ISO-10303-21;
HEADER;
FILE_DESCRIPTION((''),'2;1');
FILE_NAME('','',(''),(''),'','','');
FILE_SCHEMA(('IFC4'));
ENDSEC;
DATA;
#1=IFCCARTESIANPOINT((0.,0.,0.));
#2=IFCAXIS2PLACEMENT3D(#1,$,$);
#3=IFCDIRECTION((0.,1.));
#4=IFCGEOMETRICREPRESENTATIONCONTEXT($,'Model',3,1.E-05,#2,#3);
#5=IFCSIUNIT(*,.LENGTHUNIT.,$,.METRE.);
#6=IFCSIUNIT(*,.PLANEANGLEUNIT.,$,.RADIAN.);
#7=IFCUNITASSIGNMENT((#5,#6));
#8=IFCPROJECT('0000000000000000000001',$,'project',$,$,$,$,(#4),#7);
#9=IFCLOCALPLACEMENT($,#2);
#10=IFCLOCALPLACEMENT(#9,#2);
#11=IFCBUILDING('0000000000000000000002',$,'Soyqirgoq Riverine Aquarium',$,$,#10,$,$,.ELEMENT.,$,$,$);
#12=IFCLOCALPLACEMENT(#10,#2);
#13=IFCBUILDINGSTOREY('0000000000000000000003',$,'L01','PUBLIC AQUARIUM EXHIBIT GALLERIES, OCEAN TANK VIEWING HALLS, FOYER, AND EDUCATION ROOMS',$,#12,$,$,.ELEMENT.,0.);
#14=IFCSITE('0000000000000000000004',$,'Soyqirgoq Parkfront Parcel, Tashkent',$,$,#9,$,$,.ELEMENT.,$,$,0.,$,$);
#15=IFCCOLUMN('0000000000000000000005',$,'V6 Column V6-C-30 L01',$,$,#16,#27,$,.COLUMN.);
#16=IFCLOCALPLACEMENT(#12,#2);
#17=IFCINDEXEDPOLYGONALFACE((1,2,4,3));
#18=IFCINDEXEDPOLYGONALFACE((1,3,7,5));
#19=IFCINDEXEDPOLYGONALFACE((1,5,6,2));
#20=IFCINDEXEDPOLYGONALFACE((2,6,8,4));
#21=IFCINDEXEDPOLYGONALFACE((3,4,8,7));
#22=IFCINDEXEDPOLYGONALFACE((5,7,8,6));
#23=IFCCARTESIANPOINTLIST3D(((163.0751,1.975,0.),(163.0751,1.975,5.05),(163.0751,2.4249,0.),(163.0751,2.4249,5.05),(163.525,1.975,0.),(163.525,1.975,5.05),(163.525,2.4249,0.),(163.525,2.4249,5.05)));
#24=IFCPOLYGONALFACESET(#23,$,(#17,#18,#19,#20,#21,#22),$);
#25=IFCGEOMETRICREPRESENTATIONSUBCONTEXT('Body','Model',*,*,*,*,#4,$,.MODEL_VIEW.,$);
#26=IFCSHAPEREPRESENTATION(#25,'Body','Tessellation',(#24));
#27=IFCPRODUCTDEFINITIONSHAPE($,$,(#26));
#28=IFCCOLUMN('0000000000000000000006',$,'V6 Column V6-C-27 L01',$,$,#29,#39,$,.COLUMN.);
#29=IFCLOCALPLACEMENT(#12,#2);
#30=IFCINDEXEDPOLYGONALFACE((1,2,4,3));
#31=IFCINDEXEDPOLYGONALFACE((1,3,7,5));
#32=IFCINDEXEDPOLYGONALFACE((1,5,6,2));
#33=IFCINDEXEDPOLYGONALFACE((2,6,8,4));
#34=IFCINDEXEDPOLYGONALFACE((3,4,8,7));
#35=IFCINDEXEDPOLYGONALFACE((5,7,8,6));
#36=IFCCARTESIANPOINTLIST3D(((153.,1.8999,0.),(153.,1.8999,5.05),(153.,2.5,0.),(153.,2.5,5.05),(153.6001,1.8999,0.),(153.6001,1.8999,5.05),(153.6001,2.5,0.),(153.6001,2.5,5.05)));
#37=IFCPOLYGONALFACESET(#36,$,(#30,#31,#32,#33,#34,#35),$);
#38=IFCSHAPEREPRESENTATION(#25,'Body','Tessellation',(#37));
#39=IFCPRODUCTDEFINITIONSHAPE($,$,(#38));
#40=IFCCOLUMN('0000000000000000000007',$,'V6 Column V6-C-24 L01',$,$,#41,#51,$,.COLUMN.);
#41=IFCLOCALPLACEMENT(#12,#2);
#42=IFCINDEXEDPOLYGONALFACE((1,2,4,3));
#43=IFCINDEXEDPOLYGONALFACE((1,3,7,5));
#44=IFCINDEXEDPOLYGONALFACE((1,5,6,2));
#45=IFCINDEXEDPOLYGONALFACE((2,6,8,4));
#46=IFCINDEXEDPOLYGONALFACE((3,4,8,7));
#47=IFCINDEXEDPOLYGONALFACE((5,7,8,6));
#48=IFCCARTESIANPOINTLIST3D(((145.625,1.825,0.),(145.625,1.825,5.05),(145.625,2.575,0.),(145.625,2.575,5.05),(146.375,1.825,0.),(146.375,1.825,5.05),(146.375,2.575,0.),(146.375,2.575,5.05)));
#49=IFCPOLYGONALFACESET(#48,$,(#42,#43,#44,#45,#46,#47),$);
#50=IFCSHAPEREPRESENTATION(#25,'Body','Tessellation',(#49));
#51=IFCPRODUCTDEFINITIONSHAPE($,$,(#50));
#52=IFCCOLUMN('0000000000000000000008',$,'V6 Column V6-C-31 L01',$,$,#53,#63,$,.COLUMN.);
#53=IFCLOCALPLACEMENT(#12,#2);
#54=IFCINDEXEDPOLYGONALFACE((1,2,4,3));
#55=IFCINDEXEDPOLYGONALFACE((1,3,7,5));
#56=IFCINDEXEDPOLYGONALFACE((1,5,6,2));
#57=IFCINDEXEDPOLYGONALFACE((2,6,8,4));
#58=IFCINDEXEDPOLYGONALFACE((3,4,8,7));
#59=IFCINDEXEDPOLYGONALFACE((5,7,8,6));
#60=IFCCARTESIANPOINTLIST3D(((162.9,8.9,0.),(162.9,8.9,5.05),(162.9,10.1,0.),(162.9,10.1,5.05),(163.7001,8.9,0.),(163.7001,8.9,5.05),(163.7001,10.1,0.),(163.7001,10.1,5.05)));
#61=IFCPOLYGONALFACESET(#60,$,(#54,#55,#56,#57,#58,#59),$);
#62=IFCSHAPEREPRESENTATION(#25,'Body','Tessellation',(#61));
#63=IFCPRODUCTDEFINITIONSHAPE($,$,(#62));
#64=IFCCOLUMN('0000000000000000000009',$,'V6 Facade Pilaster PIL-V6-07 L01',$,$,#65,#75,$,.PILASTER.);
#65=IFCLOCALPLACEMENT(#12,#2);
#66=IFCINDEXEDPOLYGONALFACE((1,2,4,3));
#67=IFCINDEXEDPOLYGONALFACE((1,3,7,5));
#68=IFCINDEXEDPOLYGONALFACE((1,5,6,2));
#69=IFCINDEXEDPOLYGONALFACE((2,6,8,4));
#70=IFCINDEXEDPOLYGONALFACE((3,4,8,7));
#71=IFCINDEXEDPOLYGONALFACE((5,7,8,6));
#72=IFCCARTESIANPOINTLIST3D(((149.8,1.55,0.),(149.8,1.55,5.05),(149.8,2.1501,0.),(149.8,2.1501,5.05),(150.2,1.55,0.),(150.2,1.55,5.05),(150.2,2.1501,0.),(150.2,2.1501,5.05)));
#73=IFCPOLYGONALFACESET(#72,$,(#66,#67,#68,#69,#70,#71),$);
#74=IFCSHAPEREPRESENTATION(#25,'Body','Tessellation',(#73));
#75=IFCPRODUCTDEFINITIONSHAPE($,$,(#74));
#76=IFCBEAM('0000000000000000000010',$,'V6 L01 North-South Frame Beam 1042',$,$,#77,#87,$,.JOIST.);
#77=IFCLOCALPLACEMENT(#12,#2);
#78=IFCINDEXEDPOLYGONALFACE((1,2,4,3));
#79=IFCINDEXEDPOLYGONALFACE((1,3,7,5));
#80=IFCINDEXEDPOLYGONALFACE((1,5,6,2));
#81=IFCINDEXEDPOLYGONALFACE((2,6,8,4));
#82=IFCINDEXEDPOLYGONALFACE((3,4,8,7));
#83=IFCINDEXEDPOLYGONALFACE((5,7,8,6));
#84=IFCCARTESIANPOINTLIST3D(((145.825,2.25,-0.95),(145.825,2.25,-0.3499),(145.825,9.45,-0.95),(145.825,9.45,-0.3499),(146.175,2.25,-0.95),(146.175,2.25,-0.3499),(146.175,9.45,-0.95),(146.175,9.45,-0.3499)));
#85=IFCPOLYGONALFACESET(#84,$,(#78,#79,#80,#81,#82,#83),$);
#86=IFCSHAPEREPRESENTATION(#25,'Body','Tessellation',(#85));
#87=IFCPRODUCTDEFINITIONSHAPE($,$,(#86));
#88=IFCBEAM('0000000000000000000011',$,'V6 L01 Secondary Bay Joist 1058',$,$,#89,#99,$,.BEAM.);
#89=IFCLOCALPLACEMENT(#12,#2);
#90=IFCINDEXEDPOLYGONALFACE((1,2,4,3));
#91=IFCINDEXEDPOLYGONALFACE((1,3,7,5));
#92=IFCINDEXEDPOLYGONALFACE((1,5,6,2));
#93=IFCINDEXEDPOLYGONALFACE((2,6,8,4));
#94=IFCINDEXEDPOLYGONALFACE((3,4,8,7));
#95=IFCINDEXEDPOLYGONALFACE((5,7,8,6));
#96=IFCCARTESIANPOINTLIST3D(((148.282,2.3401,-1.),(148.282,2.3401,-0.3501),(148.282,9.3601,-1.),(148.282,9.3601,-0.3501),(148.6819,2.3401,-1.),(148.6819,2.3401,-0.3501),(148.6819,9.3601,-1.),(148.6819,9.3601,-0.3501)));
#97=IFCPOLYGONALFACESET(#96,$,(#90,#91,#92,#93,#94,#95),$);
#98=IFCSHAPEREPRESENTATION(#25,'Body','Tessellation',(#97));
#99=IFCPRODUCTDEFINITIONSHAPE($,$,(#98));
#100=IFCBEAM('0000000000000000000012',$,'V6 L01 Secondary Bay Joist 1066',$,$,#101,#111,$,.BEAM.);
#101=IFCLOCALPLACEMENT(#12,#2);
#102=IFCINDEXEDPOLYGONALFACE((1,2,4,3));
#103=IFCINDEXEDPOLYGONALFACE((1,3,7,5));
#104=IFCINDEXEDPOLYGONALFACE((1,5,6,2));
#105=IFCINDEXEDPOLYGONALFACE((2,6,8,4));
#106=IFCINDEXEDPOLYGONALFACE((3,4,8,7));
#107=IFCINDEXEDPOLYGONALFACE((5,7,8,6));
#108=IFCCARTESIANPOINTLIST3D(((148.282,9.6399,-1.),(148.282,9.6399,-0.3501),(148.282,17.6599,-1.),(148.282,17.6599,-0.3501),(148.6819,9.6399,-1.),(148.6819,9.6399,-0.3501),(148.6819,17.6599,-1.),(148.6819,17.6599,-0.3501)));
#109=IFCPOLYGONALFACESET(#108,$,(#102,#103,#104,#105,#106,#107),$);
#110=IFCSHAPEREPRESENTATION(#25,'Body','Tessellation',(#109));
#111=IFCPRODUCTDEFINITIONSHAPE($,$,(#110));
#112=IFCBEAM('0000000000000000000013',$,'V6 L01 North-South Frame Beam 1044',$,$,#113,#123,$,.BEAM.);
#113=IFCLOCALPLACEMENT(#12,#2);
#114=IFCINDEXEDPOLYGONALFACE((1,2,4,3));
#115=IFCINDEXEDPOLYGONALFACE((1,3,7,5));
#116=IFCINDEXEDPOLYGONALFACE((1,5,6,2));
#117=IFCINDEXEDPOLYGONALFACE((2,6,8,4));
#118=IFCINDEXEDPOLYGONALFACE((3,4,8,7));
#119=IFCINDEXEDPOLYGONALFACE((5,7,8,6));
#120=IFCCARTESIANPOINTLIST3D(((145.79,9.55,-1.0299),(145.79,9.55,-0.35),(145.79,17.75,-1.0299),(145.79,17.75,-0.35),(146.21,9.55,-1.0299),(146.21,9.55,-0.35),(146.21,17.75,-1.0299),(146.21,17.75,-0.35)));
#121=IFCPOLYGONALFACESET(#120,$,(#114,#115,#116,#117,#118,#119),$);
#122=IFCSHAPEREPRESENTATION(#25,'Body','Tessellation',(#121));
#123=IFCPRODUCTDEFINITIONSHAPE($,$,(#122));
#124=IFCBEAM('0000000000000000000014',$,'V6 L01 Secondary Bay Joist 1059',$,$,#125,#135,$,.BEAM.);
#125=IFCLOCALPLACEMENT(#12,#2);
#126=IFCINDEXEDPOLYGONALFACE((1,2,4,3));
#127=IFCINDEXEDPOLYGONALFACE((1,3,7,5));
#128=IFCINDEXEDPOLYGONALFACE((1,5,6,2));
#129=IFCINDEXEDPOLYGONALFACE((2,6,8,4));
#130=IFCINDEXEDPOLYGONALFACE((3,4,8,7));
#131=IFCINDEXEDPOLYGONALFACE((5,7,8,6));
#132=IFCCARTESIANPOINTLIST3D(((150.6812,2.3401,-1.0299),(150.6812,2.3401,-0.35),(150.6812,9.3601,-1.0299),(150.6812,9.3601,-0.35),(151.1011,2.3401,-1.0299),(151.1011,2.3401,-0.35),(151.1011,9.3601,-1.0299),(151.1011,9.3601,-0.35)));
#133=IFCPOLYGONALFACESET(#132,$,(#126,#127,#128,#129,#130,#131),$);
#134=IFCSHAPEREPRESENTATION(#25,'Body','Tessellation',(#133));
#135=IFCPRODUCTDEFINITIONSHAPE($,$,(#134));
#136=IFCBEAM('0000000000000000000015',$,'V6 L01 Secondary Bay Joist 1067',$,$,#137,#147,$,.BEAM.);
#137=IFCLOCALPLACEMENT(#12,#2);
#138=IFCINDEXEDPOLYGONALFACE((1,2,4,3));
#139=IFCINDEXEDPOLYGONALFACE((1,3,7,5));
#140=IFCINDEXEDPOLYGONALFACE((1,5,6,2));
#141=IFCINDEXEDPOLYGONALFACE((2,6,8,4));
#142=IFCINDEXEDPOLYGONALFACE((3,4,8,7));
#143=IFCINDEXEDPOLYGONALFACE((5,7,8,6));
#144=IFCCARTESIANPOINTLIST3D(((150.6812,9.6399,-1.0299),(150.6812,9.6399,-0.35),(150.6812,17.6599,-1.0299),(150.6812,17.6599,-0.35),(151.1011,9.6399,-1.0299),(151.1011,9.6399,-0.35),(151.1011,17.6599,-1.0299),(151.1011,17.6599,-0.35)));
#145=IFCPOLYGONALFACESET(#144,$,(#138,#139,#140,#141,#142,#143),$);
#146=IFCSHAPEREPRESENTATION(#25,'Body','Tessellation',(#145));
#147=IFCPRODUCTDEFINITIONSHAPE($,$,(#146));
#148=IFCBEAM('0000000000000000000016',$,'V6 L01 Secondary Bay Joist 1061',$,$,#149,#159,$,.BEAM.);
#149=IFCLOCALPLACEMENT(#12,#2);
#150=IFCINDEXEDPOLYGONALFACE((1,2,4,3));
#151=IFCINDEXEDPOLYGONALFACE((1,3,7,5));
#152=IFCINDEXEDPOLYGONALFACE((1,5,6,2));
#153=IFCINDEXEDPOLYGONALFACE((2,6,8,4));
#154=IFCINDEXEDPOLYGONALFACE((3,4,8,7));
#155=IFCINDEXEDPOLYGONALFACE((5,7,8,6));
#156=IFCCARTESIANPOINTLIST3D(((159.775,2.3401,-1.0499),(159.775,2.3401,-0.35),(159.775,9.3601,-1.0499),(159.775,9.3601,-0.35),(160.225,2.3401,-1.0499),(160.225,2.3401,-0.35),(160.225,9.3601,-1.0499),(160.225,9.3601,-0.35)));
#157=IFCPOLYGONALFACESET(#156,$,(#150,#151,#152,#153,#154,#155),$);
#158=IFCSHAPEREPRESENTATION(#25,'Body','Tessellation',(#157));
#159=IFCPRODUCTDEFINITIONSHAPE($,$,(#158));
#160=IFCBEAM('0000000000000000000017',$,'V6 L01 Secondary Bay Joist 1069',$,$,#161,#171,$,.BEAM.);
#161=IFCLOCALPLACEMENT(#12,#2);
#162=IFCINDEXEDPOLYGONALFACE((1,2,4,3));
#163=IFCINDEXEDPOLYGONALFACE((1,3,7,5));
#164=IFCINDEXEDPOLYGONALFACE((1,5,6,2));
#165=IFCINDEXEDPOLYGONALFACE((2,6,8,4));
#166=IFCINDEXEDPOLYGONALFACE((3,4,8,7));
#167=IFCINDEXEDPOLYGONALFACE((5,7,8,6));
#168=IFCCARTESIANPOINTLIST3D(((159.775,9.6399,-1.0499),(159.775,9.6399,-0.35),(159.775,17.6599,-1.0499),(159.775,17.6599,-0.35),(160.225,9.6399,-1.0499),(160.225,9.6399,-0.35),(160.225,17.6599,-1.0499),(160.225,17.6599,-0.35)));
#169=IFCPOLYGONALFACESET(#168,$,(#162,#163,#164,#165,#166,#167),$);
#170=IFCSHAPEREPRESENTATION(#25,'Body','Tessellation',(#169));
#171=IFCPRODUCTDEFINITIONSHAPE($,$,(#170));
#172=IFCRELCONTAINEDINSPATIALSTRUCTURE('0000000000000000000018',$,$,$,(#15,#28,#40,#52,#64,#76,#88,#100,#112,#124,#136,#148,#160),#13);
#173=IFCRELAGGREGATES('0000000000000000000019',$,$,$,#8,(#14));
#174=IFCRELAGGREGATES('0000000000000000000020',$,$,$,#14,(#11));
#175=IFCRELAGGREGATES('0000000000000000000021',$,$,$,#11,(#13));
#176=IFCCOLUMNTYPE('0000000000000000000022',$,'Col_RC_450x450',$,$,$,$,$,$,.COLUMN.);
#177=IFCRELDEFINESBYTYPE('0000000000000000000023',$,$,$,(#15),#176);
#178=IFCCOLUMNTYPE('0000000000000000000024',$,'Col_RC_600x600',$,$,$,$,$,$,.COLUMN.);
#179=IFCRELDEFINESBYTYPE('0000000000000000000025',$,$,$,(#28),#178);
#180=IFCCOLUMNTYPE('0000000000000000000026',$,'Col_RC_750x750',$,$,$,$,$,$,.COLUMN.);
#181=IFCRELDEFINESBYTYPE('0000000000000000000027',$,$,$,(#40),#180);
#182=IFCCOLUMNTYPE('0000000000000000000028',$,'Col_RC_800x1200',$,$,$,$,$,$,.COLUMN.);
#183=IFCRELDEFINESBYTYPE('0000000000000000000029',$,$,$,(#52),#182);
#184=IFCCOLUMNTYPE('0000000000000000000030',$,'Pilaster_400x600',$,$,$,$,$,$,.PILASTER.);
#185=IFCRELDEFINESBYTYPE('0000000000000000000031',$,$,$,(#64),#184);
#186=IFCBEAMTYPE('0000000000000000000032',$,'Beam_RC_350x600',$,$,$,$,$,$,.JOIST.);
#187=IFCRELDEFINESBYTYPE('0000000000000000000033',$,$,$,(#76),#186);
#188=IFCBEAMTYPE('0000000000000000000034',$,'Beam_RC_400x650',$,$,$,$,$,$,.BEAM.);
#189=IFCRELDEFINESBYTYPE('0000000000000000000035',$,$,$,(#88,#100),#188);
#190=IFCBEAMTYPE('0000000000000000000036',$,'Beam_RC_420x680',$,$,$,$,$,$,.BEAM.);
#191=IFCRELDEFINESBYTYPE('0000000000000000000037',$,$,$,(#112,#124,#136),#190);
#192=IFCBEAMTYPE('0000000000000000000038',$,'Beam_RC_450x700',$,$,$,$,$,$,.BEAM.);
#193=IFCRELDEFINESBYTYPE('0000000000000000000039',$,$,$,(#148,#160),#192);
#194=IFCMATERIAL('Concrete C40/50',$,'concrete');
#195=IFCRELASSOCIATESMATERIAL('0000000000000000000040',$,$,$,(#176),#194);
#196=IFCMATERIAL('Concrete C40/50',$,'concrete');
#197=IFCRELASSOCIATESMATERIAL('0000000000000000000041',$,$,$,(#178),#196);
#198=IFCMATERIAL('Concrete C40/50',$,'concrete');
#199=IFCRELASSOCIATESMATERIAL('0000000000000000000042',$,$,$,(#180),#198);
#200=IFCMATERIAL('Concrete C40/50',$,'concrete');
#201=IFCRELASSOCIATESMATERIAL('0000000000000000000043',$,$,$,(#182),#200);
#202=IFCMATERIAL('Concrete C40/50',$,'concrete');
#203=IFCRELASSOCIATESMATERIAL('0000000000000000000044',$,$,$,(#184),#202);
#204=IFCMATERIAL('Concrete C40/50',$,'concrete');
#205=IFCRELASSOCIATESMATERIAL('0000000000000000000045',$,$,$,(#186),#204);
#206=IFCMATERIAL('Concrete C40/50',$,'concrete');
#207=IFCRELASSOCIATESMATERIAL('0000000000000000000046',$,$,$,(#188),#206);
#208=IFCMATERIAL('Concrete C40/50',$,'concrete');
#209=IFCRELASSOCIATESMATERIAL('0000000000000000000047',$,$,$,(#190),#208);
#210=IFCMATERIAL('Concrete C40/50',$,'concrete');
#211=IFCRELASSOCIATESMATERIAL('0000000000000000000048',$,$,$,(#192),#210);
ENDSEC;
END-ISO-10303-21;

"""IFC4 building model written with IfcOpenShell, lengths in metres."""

from ifc_helpers import new_model, si_unit, direction, frame, origin, origin_2d, place, context, subcontext, project, spatial, rectangle, extrude, material, material_profile, profile_set, type_object, element, save


model = new_model("IFC4")

# Units and contexts
model_context = context("Model", 3, precision=1e-05, world=origin(), true_north=direction((0.0, 1.0)))
body_context = subcontext(model_context, "Body", "Model", "MODEL_VIEW")
ifc_project = project(units=[si_unit("LENGTHUNIT", "METRE"), si_unit("PLANEANGLEUNIT", "RADIAN")], contexts=[model_context])

# Site, building, storey
site_placement = place(None, origin())
site = spatial("IfcSite", under=ifc_project, at=site_placement, Name="Soyqirgoq Parkfront Parcel, Tashkent", CompositionType="ELEMENT", RefElevation=0.0)
building_placement = place(site_placement, origin())
building = spatial("IfcBuilding", under=site, at=building_placement, Name="Soyqirgoq Riverine Aquarium", CompositionType="ELEMENT")
storey_placement = place(building_placement, origin())
storey = spatial("IfcBuildingStorey", under=building, at=storey_placement, Name="L01", Description="PUBLIC AQUARIUM EXHIBIT GALLERIES, OCEAN TANK VIEWING HALLS, FOYER, AND EDUCATION ROOMS", CompositionType="ELEMENT", Elevation=0.0)

# Columns
ifc_material_1 = material(Name="Concrete C40/50", Category="concrete")
ifc_material_profile_1 = material_profile(ifc_material_1, rectangle(XDim=0.45, YDim=0.45, at=origin_2d()), Name="RC 450x450")
ifc_profile_set_1 = profile_set([ifc_material_profile_1], Name="Concrete C40/50")
column_type_1 = type_object("IfcColumnType", Name="Col_RC_450x450", PredefinedType="COLUMN", material=ifc_profile_set_1)
column_1_placement = place(storey_placement, frame((163.3, 2.2, 0.0), z_axis=(0.0, 0.0, 1.0), x_axis=(1.0, 0.0, 0.0)))
element("IfcColumn", 1, at=column_1_placement, inside=storey, type_object=column_type_1, Name="V6 Column V6-C-30 L01", PredefinedType="COLUMN", context=body_context, shape_type="SweptSolid", body=[
    extrude(rectangle(XDim=0.45, YDim=0.45, at=origin_2d()), origin(), (0.0, 0.0, 1.0), 5.05),
])
ifc_material_2 = material(Name="Concrete C40/50", Category="concrete")
ifc_material_profile_2 = material_profile(ifc_material_2, rectangle(XDim=0.6001, YDim=0.6001, at=origin_2d()), Name="RC 600x600")
ifc_profile_set_2 = profile_set([ifc_material_profile_2], Name="Concrete C40/50")
column_type_2 = type_object("IfcColumnType", Name="Col_RC_600x600", PredefinedType="COLUMN", material=ifc_profile_set_2)
column_2_placement = place(storey_placement, frame((153.3, 2.2, 0.0), z_axis=(0.0, 0.0, 1.0), x_axis=(1.0, 0.0, 0.0)))
element("IfcColumn", 2, at=column_2_placement, inside=storey, type_object=column_type_2, Name="V6 Column V6-C-27 L01", PredefinedType="COLUMN", context=body_context, shape_type="SweptSolid", body=[
    extrude(rectangle(XDim=0.6001, YDim=0.6001, at=origin_2d()), origin(), (0.0, 0.0, 1.0), 5.05),
])
ifc_material_3 = material(Name="Concrete C40/50", Category="concrete")
ifc_material_profile_3 = material_profile(ifc_material_3, rectangle(XDim=0.75, YDim=0.75, at=origin_2d()), Name="RC 750x750")
ifc_profile_set_3 = profile_set([ifc_material_profile_3], Name="Concrete C40/50")
column_type_3 = type_object("IfcColumnType", Name="Col_RC_750x750", PredefinedType="COLUMN", material=ifc_profile_set_3)
column_3_placement = place(storey_placement, frame((146.0, 2.2, 0.0), z_axis=(0.0, 0.0, 1.0), x_axis=(1.0, 0.0, 0.0)))
element("IfcColumn", 3, at=column_3_placement, inside=storey, type_object=column_type_3, Name="V6 Column V6-C-24 L01", PredefinedType="COLUMN", context=body_context, shape_type="SweptSolid", body=[
    extrude(rectangle(XDim=0.75, YDim=0.75, at=origin_2d()), origin(), (0.0, 0.0, 1.0), 5.05),
])
ifc_material_4 = material(Name="Concrete C40/50", Category="concrete")
ifc_material_profile_4 = material_profile(ifc_material_4, rectangle(XDim=0.8, YDim=1.2, at=origin_2d()), Name="RC-COL 800x1200")
ifc_profile_set_4 = profile_set([ifc_material_profile_4], Name="Concrete C40/50")
column_type_4 = type_object("IfcColumnType", Name="Col_RC_800x1200", PredefinedType="COLUMN", material=ifc_profile_set_4)
column_4_placement = place(storey_placement, frame((163.3, 9.5, 0.0), z_axis=(0.0, 0.0, 1.0), x_axis=(1.0, 0.0, 0.0)))
element("IfcColumn", 4, at=column_4_placement, inside=storey, type_object=column_type_4, Name="V6 Column V6-C-31 L01", PredefinedType="COLUMN", context=body_context, shape_type="SweptSolid", body=[
    extrude(rectangle(XDim=0.8, YDim=1.2, at=origin_2d()), origin(), (0.0, 0.0, 1.0), 5.05),
])
ifc_material_5 = material(Name="Concrete C40/50", Category="concrete")
ifc_material_profile_5 = material_profile(ifc_material_5, rectangle(XDim=0.3999, YDim=0.6001, at=origin_2d()), Name="RC-PIL 400x600")
ifc_profile_set_5 = profile_set([ifc_material_profile_5], Name="Concrete C40/50")
column_type_5 = type_object("IfcColumnType", Name="Pilaster_400x600", PredefinedType="PILASTER", material=ifc_profile_set_5)
column_5_placement = place(storey_placement, frame((150.0, 1.8501, 0.0), z_axis=(0.0, 0.0, 1.0), x_axis=(1.0, 0.0, 0.0)))
element("IfcColumn", 5, at=column_5_placement, inside=storey, type_object=column_type_5, Name="V6 Facade Pilaster PIL-V6-07 L01", PredefinedType="PILASTER", context=body_context, shape_type="SweptSolid", body=[
    extrude(rectangle(XDim=0.3999, YDim=0.6001, at=origin_2d()), origin(), (0.0, 0.0, 1.0), 5.05),
])

# Beams
ifc_material_6 = material(Name="Concrete C40/50", Category="concrete")
ifc_material_profile_6 = material_profile(ifc_material_6, rectangle(XDim=0.3501, YDim=0.6001, at=origin_2d()), Name="RC 350x600")
ifc_profile_set_6 = profile_set([ifc_material_profile_6], Name="Concrete C40/50")
beam_type_1 = type_object("IfcBeamType", Name="Beam_RC_350x600", PredefinedType="JOIST", material=ifc_profile_set_6)
beam_1_placement = place(storey_placement, frame((146.0, 2.25, -0.6499), z_axis=(0.0, 1.0, 0.0), x_axis=(-1.0, 0.0, 0.0)))
element("IfcBeam", 6, at=beam_1_placement, inside=storey, type_object=beam_type_1, Name="V6 L01 North-South Frame Beam 1042", PredefinedType="JOIST", context=body_context, shape_type="SweptSolid", body=[
    extrude(rectangle(XDim=0.3501, YDim=0.6001, at=origin_2d()), origin(), (0.0, 0.0, 1.0), 7.2),
])
ifc_material_7 = material(Name="Concrete C40/50", Category="concrete")
ifc_material_profile_7 = material_profile(ifc_material_7, rectangle(XDim=0.3999, YDim=0.6499, at=origin_2d()), Name="RC 400x650")
ifc_profile_set_7 = profile_set([ifc_material_profile_7], Name="Concrete C40/50")
beam_type_2 = type_object("IfcBeamType", Name="Beam_RC_400x650", PredefinedType="BEAM", material=ifc_profile_set_7)
beam_2_placement = place(storey_placement, frame((148.4819, 2.3401, -0.675), z_axis=(0.0, 1.0, 0.0), x_axis=(-1.0, 0.0, 0.0)))
element("IfcBeam", 7, at=beam_2_placement, inside=storey, type_object=beam_type_2, Name="V6 L01 Secondary Bay Joist 1058", PredefinedType="BEAM", context=body_context, shape_type="SweptSolid", body=[
    extrude(rectangle(XDim=0.3999, YDim=0.6499, at=origin_2d()), origin(), (0.0, 0.0, 1.0), 7.02),
])
beam_3_placement = place(storey_placement, frame((148.4819, 9.6399, -0.675), z_axis=(0.0, 1.0, 0.0), x_axis=(-1.0, 0.0, 0.0)))
element("IfcBeam", 8, at=beam_3_placement, inside=storey, type_object=beam_type_2, Name="V6 L01 Secondary Bay Joist 1066", PredefinedType="BEAM", context=body_context, shape_type="SweptSolid", body=[
    extrude(rectangle(XDim=0.3999, YDim=0.6499, at=origin_2d()), origin(), (0.0, 0.0, 1.0), 8.02),
])
ifc_material_8 = material(Name="Concrete C40/50", Category="concrete")
ifc_material_profile_8 = material_profile(ifc_material_8, rectangle(XDim=0.4199, YDim=0.6799, at=origin_2d()), Name="RC 420x680")
ifc_profile_set_8 = profile_set([ifc_material_profile_8], Name="Concrete C40/50")
beam_type_3 = type_object("IfcBeamType", Name="Beam_RC_420x680", PredefinedType="BEAM", material=ifc_profile_set_8)
beam_4_placement = place(storey_placement, frame((146.0, 9.55, -0.6899), z_axis=(0.0, 1.0, 0.0), x_axis=(-1.0, 0.0, 0.0)))
element("IfcBeam", 9, at=beam_4_placement, inside=storey, type_object=beam_type_3, Name="V6 L01 North-South Frame Beam 1044", PredefinedType="BEAM", context=body_context, shape_type="SweptSolid", body=[
    extrude(rectangle(XDim=0.4199, YDim=0.6799, at=origin_2d()), origin(), (0.0, 0.0, 1.0), 8.2),
])
beam_5_placement = place(storey_placement, frame((150.8911, 2.3401, -0.6899), z_axis=(0.0, 1.0, 0.0), x_axis=(-1.0, 0.0, 0.0)))
element("IfcBeam", 10, at=beam_5_placement, inside=storey, type_object=beam_type_3, Name="V6 L01 Secondary Bay Joist 1059", PredefinedType="BEAM", context=body_context, shape_type="SweptSolid", body=[
    extrude(rectangle(XDim=0.4199, YDim=0.6799, at=origin_2d()), origin(), (0.0, 0.0, 1.0), 7.02),
])
beam_6_placement = place(storey_placement, frame((150.8911, 9.6399, -0.6899), z_axis=(0.0, 1.0, 0.0), x_axis=(-1.0, 0.0, 0.0)))
element("IfcBeam", 11, at=beam_6_placement, inside=storey, type_object=beam_type_3, Name="V6 L01 Secondary Bay Joist 1067", PredefinedType="BEAM", context=body_context, shape_type="SweptSolid", body=[
    extrude(rectangle(XDim=0.4199, YDim=0.6799, at=origin_2d()), origin(), (0.0, 0.0, 1.0), 8.02),
])
ifc_material_9 = material(Name="Concrete C40/50", Category="concrete")
ifc_material_profile_9 = material_profile(ifc_material_9, rectangle(XDim=0.45, YDim=0.7, at=origin_2d()), Name="RC 450x700")
ifc_profile_set_9 = profile_set([ifc_material_profile_9], Name="Concrete C40/50")
beam_type_4 = type_object("IfcBeamType", Name="Beam_RC_450x700", PredefinedType="BEAM", material=ifc_profile_set_9)
beam_7_placement = place(storey_placement, frame((160.0, 2.3401, -0.7), z_axis=(0.0, 1.0, 0.0), x_axis=(-1.0, 0.0, 0.0)))
element("IfcBeam", 12, at=beam_7_placement, inside=storey, type_object=beam_type_4, Name="V6 L01 Secondary Bay Joist 1061", PredefinedType="BEAM", context=body_context, shape_type="SweptSolid", body=[
    extrude(rectangle(XDim=0.45, YDim=0.7, at=origin_2d()), origin(), (0.0, 0.0, 1.0), 7.02),
])
beam_8_placement = place(storey_placement, frame((160.0, 9.6399, -0.7), z_axis=(0.0, 1.0, 0.0), x_axis=(-1.0, 0.0, 0.0)))
element("IfcBeam", 13, at=beam_8_placement, inside=storey, type_object=beam_type_4, Name="V6 L01 Secondary Bay Joist 1069", PredefinedType="BEAM", context=body_context, shape_type="SweptSolid", body=[
    extrude(rectangle(XDim=0.45, YDim=0.7, at=origin_2d()), origin(), (0.0, 0.0, 1.0), 8.02),
])

save(model, "model.ifc")
